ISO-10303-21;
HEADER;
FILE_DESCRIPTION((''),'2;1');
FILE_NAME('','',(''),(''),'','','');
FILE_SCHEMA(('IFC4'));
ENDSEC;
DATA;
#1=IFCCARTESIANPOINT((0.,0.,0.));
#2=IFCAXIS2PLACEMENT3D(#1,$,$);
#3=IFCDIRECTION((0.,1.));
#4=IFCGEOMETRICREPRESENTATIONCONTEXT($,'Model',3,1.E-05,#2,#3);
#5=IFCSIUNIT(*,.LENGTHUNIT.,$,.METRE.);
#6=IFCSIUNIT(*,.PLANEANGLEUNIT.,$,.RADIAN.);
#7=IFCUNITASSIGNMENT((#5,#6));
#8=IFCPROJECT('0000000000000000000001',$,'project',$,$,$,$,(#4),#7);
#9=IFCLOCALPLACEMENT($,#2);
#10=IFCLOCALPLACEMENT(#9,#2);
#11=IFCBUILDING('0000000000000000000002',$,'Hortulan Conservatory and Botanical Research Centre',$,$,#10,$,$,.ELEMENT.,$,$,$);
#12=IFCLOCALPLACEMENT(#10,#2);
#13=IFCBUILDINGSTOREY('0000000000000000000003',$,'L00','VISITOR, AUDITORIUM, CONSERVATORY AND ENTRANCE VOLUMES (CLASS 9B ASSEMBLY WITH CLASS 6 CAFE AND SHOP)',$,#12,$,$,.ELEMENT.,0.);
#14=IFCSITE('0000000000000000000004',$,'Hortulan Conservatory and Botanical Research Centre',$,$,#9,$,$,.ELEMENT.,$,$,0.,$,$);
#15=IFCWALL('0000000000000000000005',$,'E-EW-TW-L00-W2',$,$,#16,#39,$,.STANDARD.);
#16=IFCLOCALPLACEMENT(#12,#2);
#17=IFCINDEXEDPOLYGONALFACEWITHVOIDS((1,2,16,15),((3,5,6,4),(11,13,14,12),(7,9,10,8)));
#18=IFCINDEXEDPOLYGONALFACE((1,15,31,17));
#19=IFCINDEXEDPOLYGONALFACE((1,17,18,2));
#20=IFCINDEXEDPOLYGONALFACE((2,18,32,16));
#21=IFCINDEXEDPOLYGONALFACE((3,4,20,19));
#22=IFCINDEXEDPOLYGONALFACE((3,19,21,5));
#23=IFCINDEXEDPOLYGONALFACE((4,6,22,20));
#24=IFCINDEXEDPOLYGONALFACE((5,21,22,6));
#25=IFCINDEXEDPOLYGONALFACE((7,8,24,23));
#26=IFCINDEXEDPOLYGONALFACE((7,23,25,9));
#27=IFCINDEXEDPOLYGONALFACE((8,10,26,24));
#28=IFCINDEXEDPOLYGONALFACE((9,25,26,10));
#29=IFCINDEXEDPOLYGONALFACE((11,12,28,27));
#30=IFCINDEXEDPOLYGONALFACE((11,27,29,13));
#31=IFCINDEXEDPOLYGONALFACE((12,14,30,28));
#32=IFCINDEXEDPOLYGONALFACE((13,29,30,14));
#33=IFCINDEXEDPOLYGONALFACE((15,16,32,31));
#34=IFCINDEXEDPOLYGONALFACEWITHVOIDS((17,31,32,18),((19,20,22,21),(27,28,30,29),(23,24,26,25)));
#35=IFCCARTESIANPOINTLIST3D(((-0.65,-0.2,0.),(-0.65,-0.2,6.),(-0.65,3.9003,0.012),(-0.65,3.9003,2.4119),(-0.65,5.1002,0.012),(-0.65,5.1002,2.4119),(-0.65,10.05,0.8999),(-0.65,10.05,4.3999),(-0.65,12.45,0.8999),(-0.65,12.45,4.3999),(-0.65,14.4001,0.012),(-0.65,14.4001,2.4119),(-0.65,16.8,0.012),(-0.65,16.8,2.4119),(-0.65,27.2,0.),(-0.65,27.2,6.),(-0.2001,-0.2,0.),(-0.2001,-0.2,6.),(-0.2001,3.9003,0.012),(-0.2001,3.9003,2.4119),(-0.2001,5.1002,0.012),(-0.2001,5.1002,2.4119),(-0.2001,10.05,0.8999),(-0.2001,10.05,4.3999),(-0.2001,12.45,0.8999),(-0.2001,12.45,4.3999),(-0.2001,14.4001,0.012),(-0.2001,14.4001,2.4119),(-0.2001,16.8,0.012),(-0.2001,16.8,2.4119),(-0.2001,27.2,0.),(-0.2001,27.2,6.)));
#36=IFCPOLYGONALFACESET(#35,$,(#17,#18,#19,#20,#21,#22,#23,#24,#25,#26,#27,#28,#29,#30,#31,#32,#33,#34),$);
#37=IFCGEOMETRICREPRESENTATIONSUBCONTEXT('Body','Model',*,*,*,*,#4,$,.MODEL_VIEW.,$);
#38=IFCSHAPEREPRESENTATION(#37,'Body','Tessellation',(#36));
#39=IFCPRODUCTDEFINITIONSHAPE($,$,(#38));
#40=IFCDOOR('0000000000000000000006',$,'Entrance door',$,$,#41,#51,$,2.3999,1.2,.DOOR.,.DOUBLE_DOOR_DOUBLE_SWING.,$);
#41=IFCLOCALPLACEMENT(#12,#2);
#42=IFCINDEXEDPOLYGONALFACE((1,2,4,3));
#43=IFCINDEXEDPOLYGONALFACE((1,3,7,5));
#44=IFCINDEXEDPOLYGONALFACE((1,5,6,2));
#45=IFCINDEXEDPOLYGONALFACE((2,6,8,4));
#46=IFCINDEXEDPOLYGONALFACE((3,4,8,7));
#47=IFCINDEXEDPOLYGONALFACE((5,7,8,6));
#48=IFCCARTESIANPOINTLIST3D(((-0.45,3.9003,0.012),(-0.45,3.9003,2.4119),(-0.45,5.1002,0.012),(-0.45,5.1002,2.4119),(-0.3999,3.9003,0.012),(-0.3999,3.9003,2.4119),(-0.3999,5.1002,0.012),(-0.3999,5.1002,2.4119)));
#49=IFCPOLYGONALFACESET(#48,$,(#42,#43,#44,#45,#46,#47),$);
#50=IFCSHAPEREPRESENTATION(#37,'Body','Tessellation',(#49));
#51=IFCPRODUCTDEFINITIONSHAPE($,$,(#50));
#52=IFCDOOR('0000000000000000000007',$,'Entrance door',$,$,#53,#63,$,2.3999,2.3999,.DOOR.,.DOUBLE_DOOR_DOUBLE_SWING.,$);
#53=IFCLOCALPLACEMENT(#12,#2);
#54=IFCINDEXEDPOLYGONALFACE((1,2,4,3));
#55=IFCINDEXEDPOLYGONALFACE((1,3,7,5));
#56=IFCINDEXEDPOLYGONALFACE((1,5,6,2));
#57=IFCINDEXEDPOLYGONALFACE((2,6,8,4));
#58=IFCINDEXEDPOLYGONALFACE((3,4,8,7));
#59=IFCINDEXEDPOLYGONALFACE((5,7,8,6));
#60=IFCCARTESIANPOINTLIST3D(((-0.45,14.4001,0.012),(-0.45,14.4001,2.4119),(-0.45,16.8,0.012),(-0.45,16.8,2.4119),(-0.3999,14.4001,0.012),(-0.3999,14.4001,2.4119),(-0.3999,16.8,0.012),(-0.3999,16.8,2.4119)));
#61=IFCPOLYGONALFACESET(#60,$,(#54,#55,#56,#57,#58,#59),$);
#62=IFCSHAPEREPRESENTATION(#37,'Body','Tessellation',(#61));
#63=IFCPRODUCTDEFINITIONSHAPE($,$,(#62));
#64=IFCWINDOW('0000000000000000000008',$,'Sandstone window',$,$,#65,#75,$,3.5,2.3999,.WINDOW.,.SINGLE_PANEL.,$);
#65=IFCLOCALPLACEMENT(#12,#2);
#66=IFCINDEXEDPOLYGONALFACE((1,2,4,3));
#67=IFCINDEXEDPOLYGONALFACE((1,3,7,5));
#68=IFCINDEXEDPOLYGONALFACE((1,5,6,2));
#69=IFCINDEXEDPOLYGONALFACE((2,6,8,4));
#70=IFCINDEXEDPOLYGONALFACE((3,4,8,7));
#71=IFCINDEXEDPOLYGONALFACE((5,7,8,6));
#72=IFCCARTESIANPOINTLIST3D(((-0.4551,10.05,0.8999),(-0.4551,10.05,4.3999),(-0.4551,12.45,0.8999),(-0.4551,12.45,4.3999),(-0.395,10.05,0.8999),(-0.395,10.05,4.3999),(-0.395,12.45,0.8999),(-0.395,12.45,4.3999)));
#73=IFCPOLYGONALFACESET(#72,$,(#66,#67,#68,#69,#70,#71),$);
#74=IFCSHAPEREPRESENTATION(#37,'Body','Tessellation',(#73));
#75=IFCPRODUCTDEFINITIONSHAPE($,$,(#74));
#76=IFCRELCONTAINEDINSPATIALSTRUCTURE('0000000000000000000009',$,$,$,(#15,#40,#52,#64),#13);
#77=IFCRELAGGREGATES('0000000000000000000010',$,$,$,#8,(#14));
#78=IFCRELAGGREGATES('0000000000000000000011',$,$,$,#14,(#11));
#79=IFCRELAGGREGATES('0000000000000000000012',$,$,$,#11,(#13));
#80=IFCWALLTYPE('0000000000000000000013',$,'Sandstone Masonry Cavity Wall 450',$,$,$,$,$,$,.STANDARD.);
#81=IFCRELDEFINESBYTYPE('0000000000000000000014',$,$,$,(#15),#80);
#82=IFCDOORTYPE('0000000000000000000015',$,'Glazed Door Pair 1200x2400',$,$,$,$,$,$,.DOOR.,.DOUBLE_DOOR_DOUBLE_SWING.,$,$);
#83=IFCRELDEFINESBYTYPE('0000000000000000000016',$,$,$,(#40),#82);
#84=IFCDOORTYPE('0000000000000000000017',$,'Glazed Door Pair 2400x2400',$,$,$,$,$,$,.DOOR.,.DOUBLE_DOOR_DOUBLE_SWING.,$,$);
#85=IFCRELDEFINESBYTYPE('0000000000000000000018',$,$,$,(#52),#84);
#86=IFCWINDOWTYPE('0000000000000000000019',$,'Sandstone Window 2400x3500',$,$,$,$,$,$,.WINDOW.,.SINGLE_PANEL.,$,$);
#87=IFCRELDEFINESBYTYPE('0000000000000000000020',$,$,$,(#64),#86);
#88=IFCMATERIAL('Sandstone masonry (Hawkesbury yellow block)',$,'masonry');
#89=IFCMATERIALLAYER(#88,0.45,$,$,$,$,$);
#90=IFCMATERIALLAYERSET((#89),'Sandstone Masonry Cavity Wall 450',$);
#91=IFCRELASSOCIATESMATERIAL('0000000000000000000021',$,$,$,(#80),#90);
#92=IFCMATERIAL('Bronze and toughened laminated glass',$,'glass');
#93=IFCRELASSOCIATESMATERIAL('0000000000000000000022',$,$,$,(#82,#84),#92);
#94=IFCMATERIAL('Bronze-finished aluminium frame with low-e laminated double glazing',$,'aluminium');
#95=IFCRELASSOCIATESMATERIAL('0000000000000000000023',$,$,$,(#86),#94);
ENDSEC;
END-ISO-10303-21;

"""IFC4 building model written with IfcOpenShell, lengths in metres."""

from ifc_helpers import new_model, si_unit, direction, frame, frame_2d, origin, place, context, subcontext, project, spatial, rectangle, extrude, material, layer, layer_set, type_object, element, fill, save


model = new_model("IFC4")

# Units and contexts
model_context = context("Model", 3, precision=1e-05, world=origin(), true_north=direction((0.0, 1.0)))
body_context = subcontext(model_context, "Body", "Model", "MODEL_VIEW")
ifc_project = project(units=[si_unit("LENGTHUNIT", "METRE"), si_unit("PLANEANGLEUNIT", "RADIAN")], contexts=[model_context])

# Site, building, storey
site_placement = place(None, origin())
site = spatial("IfcSite", under=ifc_project, at=site_placement, Name="Hortulan Conservatory and Botanical Research Centre", CompositionType="ELEMENT", RefElevation=0.0)
building_placement = place(site_placement, origin())
building = spatial("IfcBuilding", under=site, at=building_placement, Name="Hortulan Conservatory and Botanical Research Centre", CompositionType="ELEMENT")
storey_placement = place(building_placement, origin())
storey = spatial("IfcBuildingStorey", under=building, at=storey_placement, Name="L00", Description="VISITOR, AUDITORIUM, CONSERVATORY AND ENTRANCE VOLUMES (CLASS 9B ASSEMBLY WITH CLASS 6 CAFE AND SHOP)", CompositionType="ELEMENT", Elevation=0.0)

# Wall, openings, doors, window
ifc_material_1 = material(Name="Sandstone masonry (Hawkesbury yellow block)", Category="masonry")
ifc_layer = layer(ifc_material_1, 0.45)
ifc_layer_set = layer_set([ifc_layer], Name="Sandstone Masonry Cavity Wall 450")
wall_type = type_object("IfcWallType", Name="Sandstone Masonry Cavity Wall 450", PredefinedType="STANDARD", material=ifc_layer_set)
wall_placement = place(storey_placement, frame((-0.425, -0.2, 0.0), z_axis=(0.0, 0.0, 1.0), x_axis=(0.0, 1.0, 0.0)))
wall = element("IfcWall", 1, at=wall_placement, inside=storey, type_object=wall_type, Name="E-EW-TW-L00-W2", PredefinedType="STANDARD", context=body_context, shape_type="SweptSolid", body=[
    extrude(rectangle(XDim=27.3999, YDim=0.45, at=frame_2d((13.7, 0.0))), origin(), (0.0, 0.0, 1.0), 6.0),
])
opening_1_placement = place(wall_placement, frame((14.6001, 0.0, 0.012)))
opening_1 = element("IfcOpeningElement", 2, at=opening_1_placement, cuts=wall, PredefinedType="OPENING", context=body_context, shape_type="SweptSolid", body=[
    extrude(rectangle(XDim=2.3999, YDim=2.3999, at=frame_2d((1.2, 1.2))), frame((0.0, 0.2349, 0.0), z_axis=(0.0, -1.0, 0.0), x_axis=(1.0, 0.0, 0.0)), (0.0, 0.0, 1.0), 0.47),
])
opening_2_placement = place(wall_placement, frame((4.1001, 0.0, 0.012)))
opening_2 = element("IfcOpeningElement", 3, at=opening_2_placement, cuts=wall, PredefinedType="OPENING", context=body_context, shape_type="SweptSolid", body=[
    extrude(rectangle(XDim=1.2, YDim=2.3999, at=frame_2d((0.6001, 1.2))), frame((0.0, 0.2349, 0.0), z_axis=(0.0, -1.0, 0.0), x_axis=(1.0, 0.0, 0.0)), (0.0, 0.0, 1.0), 0.47),
])
opening_3_placement = place(wall_placement, frame((10.25, 0.0, 0.8999)))
opening_3 = element("IfcOpeningElement", 4, at=opening_3_placement, cuts=wall, PredefinedType="OPENING", context=body_context, shape_type="SweptSolid", body=[
    extrude(rectangle(XDim=2.3999, YDim=3.5, at=frame_2d((1.2, 1.75))), frame((0.0, 0.2349, 0.0), z_axis=(0.0, -1.0, 0.0), x_axis=(1.0, 0.0, 0.0)), (0.0, 0.0, 1.0), 0.47),
])
ifc_material_2 = material(Name="Bronze and toughened laminated glass", Category="glass")
door_type_1 = type_object("IfcDoorType", Name="Glazed Door Pair 1200x2400", OperationType="DOUBLE_DOOR_DOUBLE_SWING", PredefinedType="DOOR", material=ifc_material_2)
door_1_placement = place(opening_2_placement, origin())
door_1 = element("IfcDoor", 5, at=door_1_placement, inside=storey, type_object=door_type_1, Name="Entrance door", OperationType="DOUBLE_DOOR_DOUBLE_SWING", OverallHeight=2.3999, OverallWidth=1.2, PredefinedType="DOOR", context=body_context, shape_type="SweptSolid", body=[
    extrude(rectangle(XDim=1.2, YDim=2.3999, at=frame_2d((0.6001, 1.2))), frame((0.0, 0.0249, 0.0), z_axis=(0.0, -1.0, 0.0), x_axis=(1.0, 0.0, 0.0)), (0.0, 0.0, 1.0), 0.05),
])
fill(opening_2, door_1)
door_type_2 = type_object("IfcDoorType", Name="Glazed Door Pair 2400x2400", OperationType="DOUBLE_DOOR_DOUBLE_SWING", PredefinedType="DOOR", material=ifc_material_2)
door_2_placement = place(opening_1_placement, origin())
door_2 = element("IfcDoor", 6, at=door_2_placement, inside=storey, type_object=door_type_2, Name="Entrance door", OperationType="DOUBLE_DOOR_DOUBLE_SWING", OverallHeight=2.3999, OverallWidth=2.3999, PredefinedType="DOOR", context=body_context, shape_type="SweptSolid", body=[
    extrude(rectangle(XDim=2.3999, YDim=2.3999, at=frame_2d((1.2, 1.2))), frame((0.0, 0.0249, 0.0), z_axis=(0.0, -1.0, 0.0), x_axis=(1.0, 0.0, 0.0)), (0.0, 0.0, 1.0), 0.05),
])
fill(opening_1, door_2)
ifc_material_3 = material(Name="Bronze-finished aluminium frame with low-e laminated double glazing", Category="aluminium")
window_type = type_object("IfcWindowType", Name="Sandstone Window 2400x3500", PartitioningType="SINGLE_PANEL", PredefinedType="WINDOW", material=ifc_material_3)
window_placement = place(opening_3_placement, origin())
window = element("IfcWindow", 7, at=window_placement, inside=storey, type_object=window_type, Name="Sandstone window", OverallHeight=3.5, OverallWidth=2.3999, PartitioningType="SINGLE_PANEL", PredefinedType="WINDOW", context=body_context, shape_type="SweptSolid", body=[
    extrude(rectangle(XDim=2.3999, YDim=3.5, at=frame_2d((1.2, 1.75))), frame((0.0, 0.03, 0.0), z_axis=(0.0, -1.0, 0.0), x_axis=(1.0, 0.0, 0.0)), (0.0, 0.0, 1.0), 0.0601),
])
fill(opening_3, window)

save(model, "model.ifc")
